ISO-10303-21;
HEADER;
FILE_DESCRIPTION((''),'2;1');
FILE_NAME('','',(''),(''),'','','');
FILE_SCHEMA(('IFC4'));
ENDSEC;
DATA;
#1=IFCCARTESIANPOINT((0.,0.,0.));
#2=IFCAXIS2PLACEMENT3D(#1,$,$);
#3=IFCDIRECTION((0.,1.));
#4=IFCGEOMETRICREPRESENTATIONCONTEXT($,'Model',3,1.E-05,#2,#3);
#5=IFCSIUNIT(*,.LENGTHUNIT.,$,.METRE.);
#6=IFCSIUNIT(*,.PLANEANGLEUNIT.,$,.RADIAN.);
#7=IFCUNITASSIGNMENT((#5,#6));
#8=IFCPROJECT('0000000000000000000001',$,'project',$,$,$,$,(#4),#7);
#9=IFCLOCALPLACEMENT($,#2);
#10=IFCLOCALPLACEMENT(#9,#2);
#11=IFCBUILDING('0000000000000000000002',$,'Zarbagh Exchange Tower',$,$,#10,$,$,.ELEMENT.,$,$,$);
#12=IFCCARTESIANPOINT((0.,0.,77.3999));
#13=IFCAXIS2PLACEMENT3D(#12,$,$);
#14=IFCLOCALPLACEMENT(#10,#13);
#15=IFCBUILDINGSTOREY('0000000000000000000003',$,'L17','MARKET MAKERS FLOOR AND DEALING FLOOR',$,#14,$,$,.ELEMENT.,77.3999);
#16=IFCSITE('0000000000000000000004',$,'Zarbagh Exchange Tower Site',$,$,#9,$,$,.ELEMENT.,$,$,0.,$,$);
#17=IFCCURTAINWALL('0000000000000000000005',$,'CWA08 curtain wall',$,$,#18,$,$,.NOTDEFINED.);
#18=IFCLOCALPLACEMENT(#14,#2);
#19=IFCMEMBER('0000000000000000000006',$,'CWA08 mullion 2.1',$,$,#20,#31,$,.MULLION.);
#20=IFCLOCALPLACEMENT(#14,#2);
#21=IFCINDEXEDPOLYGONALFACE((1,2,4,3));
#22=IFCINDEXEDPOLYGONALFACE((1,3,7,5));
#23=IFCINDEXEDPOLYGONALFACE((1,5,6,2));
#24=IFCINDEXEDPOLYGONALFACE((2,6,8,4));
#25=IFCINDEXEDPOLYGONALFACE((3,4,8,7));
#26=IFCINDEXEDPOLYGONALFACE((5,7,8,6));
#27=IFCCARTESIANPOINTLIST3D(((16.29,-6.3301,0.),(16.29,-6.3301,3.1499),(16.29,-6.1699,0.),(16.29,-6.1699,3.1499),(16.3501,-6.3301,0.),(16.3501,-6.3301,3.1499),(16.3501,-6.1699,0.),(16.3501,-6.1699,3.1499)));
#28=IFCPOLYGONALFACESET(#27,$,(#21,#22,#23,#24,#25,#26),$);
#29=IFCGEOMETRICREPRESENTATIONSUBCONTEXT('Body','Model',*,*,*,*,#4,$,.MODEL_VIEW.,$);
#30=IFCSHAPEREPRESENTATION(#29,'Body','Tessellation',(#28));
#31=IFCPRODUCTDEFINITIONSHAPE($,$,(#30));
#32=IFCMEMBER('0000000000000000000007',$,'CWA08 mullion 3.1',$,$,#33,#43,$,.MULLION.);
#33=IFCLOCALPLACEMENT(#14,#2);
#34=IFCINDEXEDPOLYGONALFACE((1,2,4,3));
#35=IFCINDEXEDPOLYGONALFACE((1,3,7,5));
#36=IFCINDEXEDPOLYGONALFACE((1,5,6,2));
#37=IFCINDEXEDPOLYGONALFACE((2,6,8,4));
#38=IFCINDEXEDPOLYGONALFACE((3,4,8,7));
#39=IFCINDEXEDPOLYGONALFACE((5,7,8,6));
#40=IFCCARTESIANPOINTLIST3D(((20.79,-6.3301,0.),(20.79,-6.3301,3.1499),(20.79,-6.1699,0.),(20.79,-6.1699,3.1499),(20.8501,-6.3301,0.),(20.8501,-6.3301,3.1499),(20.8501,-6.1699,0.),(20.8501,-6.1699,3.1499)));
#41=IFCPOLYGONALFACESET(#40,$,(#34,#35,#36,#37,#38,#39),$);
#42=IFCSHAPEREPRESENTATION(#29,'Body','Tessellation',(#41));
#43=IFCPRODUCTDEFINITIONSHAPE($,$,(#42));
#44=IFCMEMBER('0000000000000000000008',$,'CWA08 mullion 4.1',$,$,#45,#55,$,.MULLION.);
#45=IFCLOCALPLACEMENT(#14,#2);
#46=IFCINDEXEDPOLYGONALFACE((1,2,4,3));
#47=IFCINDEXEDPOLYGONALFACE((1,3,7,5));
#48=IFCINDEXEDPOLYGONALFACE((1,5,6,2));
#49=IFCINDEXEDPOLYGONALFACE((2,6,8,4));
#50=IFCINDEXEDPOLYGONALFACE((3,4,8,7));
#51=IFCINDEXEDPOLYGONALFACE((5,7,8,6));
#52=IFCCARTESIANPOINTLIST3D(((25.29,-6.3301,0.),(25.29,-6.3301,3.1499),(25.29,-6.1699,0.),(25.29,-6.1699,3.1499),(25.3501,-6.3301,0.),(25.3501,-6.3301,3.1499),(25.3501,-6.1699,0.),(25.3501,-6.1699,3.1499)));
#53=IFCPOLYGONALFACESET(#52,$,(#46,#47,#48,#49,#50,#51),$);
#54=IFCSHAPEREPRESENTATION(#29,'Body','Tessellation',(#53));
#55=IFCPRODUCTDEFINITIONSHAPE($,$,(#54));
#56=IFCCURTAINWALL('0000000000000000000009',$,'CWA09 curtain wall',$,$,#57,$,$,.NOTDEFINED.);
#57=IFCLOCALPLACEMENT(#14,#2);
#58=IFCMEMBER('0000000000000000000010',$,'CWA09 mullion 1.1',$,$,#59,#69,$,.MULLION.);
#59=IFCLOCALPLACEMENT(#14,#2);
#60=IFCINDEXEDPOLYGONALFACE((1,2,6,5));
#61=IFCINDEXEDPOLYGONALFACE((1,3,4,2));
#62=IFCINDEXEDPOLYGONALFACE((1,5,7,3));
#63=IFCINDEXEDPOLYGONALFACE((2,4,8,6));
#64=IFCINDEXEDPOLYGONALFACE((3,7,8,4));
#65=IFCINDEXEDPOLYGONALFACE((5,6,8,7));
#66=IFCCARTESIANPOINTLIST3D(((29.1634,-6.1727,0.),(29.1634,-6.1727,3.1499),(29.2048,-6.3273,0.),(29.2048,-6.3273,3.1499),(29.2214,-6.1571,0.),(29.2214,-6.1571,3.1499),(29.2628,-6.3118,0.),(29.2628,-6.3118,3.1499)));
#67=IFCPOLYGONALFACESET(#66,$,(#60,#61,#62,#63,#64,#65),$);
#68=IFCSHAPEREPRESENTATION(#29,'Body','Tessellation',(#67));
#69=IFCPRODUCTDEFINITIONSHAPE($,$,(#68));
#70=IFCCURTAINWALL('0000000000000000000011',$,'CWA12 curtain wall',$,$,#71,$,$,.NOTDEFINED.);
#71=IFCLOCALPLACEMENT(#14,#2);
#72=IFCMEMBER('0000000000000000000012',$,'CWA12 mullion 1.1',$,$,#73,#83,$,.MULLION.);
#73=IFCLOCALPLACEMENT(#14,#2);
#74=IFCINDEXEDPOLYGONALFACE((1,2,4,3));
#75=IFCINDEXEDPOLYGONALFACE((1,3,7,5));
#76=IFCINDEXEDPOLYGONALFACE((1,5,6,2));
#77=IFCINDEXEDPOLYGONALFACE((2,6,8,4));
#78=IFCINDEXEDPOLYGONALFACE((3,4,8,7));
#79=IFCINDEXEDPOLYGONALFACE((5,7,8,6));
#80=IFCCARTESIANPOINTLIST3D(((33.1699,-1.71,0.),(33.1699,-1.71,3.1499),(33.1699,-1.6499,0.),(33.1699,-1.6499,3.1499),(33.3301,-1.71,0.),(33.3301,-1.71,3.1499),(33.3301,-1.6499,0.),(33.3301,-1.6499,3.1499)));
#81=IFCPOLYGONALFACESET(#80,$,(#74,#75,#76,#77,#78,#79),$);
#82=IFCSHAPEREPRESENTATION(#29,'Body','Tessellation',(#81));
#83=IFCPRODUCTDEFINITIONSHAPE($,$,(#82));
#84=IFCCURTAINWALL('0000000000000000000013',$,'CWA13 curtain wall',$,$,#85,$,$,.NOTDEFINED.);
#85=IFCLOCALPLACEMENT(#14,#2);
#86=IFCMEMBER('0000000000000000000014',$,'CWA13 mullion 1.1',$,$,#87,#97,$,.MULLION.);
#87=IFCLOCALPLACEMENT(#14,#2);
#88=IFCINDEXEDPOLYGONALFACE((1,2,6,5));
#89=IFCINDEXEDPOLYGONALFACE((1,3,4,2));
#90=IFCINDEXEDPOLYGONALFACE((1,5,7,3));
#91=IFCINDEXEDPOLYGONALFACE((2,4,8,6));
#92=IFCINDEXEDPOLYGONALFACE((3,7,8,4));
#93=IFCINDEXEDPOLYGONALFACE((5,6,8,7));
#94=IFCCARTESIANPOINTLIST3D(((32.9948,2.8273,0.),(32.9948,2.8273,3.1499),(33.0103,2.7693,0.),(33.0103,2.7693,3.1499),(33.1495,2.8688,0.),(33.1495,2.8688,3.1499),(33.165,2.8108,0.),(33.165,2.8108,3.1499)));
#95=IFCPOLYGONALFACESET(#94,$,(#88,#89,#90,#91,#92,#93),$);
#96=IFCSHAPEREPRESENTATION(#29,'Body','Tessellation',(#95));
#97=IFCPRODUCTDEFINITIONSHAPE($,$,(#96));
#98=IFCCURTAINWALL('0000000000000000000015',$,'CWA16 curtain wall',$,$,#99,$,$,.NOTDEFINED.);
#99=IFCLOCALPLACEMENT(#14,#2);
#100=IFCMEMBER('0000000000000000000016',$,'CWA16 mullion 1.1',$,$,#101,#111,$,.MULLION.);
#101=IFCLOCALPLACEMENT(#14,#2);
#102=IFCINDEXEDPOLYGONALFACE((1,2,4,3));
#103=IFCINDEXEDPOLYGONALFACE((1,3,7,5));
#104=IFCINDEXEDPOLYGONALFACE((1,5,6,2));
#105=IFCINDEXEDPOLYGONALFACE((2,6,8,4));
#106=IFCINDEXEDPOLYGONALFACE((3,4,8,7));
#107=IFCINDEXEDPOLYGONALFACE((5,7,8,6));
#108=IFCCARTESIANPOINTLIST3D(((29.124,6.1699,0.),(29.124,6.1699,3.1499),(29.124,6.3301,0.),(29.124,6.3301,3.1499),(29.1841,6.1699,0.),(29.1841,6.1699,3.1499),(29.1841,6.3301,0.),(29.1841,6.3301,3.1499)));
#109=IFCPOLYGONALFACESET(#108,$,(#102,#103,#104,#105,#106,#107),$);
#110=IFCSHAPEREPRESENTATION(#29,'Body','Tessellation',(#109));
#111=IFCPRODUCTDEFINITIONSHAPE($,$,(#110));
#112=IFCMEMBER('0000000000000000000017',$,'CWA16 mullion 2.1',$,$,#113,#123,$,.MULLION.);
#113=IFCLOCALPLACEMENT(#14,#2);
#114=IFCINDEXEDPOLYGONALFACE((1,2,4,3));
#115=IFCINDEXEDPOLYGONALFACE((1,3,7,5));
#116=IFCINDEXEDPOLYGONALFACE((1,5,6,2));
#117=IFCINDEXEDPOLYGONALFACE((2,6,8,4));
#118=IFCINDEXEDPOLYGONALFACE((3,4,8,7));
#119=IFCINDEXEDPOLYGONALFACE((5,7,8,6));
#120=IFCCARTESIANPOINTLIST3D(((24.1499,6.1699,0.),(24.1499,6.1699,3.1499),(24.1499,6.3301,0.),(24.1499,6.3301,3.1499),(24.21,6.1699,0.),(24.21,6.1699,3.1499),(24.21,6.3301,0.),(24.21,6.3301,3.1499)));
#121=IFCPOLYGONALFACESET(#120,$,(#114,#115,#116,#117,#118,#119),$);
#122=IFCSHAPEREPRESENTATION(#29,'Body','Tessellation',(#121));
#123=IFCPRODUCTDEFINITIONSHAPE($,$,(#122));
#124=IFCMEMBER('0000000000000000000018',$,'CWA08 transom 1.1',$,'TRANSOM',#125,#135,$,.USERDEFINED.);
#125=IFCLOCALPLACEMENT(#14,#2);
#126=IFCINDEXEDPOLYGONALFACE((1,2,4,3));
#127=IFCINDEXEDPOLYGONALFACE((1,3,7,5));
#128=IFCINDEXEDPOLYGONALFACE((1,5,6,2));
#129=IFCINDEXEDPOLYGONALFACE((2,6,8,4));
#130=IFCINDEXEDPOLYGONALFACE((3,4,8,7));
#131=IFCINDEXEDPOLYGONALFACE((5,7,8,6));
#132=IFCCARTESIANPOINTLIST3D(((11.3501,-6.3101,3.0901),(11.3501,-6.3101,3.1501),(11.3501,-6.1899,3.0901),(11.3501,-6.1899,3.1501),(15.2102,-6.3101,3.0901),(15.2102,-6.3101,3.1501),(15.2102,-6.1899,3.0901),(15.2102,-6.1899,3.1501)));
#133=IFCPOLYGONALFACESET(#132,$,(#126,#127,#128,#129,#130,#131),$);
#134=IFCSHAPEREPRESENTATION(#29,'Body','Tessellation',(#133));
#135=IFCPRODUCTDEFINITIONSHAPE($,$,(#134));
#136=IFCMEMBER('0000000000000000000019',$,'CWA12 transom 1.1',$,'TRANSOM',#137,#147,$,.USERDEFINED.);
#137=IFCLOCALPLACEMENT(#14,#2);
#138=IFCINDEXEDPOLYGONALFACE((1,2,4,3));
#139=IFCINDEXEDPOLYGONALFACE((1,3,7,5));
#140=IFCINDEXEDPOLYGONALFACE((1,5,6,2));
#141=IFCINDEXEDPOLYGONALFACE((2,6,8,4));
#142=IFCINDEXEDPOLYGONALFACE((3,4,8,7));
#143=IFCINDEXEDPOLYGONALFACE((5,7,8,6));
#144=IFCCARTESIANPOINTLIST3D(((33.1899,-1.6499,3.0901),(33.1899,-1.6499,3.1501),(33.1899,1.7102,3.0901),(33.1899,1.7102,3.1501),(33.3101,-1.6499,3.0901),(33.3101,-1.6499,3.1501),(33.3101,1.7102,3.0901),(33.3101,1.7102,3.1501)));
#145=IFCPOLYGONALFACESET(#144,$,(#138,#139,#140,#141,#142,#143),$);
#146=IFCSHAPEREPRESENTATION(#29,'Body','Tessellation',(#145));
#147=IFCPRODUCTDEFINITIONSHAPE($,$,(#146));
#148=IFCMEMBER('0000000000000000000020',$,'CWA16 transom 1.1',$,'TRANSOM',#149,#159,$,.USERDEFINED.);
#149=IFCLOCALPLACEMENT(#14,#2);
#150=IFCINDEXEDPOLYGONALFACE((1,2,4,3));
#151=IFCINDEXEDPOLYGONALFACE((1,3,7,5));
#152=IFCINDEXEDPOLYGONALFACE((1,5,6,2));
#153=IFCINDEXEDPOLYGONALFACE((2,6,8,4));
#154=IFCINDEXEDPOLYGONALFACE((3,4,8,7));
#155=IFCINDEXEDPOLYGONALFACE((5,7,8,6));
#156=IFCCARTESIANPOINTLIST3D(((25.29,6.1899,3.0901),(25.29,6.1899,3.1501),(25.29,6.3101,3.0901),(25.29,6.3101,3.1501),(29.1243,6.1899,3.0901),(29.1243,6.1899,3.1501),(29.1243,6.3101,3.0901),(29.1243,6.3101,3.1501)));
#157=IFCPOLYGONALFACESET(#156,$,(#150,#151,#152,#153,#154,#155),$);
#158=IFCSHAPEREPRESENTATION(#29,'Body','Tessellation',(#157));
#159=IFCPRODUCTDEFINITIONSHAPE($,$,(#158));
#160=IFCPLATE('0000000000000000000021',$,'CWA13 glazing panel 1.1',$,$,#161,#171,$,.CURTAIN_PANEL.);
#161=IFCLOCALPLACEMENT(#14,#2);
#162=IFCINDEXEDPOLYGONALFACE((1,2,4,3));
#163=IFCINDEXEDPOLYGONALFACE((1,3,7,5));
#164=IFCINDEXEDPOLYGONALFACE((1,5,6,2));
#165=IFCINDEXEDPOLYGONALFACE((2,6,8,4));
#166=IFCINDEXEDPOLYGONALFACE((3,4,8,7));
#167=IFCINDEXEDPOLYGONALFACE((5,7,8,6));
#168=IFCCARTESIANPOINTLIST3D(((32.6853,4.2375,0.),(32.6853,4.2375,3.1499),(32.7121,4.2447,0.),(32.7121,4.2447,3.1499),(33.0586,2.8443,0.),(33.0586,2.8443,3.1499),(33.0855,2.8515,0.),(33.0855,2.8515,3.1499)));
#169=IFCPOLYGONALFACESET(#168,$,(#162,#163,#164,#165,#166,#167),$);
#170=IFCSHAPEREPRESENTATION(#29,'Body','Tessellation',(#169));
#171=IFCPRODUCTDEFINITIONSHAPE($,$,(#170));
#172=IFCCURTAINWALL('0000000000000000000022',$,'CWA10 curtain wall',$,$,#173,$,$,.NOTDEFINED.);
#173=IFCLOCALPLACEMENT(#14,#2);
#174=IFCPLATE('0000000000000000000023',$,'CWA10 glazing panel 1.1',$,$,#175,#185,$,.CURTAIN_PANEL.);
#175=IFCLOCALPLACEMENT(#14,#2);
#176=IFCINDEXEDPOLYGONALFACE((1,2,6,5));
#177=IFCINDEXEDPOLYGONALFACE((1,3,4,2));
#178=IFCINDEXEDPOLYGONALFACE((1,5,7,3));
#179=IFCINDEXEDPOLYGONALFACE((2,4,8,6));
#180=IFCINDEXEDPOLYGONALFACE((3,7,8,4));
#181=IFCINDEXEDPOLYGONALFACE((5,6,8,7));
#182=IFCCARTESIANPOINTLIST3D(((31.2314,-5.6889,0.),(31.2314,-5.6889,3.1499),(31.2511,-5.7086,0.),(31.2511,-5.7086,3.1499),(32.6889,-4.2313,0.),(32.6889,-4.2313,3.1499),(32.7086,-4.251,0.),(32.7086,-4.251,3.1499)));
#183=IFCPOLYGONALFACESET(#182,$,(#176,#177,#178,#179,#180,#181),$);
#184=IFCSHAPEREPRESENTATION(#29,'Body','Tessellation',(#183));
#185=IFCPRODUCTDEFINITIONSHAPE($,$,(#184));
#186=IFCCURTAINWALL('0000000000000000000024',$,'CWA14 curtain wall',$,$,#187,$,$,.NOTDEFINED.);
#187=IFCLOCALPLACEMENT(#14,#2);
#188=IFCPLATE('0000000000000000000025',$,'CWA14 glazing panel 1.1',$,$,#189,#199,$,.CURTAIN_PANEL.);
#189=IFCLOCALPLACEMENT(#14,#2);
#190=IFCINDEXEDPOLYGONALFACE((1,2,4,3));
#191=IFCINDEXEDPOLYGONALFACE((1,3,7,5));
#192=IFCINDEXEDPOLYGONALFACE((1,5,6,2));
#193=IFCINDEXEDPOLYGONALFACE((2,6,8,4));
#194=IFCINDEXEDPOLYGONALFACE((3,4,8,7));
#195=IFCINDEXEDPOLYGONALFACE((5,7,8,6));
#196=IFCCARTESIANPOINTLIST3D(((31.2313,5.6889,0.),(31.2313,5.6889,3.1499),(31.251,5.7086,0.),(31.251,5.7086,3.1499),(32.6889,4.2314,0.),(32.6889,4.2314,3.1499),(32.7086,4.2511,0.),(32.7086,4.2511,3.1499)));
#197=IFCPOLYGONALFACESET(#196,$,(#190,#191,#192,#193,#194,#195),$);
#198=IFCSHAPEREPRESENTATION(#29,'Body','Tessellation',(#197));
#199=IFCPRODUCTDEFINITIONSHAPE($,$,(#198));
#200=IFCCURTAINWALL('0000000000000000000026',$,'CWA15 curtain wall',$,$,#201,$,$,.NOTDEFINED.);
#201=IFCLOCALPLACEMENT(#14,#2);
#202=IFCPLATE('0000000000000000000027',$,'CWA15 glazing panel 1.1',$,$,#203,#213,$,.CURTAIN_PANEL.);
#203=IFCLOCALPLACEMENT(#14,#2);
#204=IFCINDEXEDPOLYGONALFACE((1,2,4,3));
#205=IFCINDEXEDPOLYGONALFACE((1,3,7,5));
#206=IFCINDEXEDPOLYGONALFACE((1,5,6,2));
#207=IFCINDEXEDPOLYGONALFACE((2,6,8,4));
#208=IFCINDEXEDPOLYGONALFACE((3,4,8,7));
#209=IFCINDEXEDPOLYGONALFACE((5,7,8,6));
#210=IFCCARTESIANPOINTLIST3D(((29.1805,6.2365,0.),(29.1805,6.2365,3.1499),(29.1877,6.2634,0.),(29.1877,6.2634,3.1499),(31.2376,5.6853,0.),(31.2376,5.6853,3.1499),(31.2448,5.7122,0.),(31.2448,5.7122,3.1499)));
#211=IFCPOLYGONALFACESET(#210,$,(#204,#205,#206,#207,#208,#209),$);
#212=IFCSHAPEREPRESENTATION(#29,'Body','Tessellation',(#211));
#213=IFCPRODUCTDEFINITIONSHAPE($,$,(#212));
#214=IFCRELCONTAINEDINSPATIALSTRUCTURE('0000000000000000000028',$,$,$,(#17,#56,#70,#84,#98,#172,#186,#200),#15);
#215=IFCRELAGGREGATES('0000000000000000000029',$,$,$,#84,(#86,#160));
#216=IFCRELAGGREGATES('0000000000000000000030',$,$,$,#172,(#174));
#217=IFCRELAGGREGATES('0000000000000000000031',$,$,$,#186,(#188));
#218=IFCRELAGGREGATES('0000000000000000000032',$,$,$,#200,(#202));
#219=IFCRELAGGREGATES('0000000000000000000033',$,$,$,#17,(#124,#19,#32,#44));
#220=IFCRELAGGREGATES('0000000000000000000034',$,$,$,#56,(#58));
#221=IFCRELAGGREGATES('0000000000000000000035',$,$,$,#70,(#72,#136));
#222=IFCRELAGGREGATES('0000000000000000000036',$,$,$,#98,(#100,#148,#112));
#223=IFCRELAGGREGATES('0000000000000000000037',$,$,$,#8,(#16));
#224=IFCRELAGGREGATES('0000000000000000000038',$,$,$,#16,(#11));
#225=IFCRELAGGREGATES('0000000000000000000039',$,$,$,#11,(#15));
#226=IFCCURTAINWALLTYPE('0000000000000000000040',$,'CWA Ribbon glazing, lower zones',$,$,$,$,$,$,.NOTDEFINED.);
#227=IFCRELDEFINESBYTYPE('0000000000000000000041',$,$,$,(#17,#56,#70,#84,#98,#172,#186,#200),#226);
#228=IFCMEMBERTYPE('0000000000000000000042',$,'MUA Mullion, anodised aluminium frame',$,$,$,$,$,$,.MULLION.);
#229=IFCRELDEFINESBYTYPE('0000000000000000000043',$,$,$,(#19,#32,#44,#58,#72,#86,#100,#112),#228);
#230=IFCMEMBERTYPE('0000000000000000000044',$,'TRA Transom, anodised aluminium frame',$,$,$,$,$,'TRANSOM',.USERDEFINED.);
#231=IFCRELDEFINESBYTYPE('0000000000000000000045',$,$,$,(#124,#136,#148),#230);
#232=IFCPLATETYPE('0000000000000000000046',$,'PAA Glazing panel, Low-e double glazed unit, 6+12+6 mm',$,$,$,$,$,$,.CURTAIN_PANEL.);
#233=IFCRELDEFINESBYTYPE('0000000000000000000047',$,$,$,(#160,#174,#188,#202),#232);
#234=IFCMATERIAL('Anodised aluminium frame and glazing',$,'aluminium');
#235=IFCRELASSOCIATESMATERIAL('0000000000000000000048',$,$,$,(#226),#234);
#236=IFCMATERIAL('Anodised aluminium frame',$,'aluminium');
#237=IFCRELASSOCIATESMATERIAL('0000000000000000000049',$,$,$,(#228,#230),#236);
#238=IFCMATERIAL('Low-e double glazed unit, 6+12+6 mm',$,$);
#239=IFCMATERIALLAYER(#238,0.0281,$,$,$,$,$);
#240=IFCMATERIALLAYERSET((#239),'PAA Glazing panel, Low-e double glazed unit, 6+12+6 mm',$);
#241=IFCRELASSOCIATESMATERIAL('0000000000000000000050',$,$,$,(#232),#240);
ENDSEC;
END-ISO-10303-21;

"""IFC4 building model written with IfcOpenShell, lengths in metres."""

from ifc_helpers import new_model, si_unit, direction, frame, origin, place, context, subcontext, project, spatial, polyline, outline, extrude, source, transform, mapped, material, layer, layer_set, type_object, element, aggregate, save


model = new_model("IFC4")

# Units and contexts
model_context = context("Model", 3, precision=1e-05, world=origin(), true_north=direction((0.0, 1.0)))
body_context = subcontext(model_context, "Body", "Model", "MODEL_VIEW")
ifc_project = project(units=[si_unit("LENGTHUNIT", "METRE"), si_unit("PLANEANGLEUNIT", "RADIAN")], contexts=[model_context])

# Site, building, storey
site_placement = place(None, origin())
site = spatial("IfcSite", under=ifc_project, at=site_placement, Name="Zarbagh Exchange Tower Site", CompositionType="ELEMENT", RefElevation=0.0)
building_placement = place(site_placement, origin())
building = spatial("IfcBuilding", under=site, at=building_placement, Name="Zarbagh Exchange Tower", CompositionType="ELEMENT")
storey_placement = place(building_placement, frame((0.0, 0.0, 77.3999)))
storey = spatial("IfcBuildingStorey", under=building, at=storey_placement, Name="L17", Description="MARKET MAKERS FLOOR AND DEALING FLOOR", CompositionType="ELEMENT", Elevation=77.3999)

# Curtain wall, members
ifc_material_1 = material(Name="Anodised aluminium frame and glazing", Category="aluminium")
curtain_wall_type = type_object("IfcCurtainWallType", Name="CWA Ribbon glazing, lower zones", PredefinedType="NOTDEFINED", material=ifc_material_1)
curtain_wall_1_placement = place(storey_placement, origin())
curtain_wall_1 = element("IfcCurtainWall", 1, at=curtain_wall_1_placement, inside=storey, type_object=curtain_wall_type, Name="CWA08 curtain wall", PredefinedType="NOTDEFINED")
ifc_material_2 = material(Name="Anodised aluminium frame", Category="aluminium")
member_type_1 = type_object("IfcMemberType", Name="MUA Mullion, anodised aluminium frame", PredefinedType="MULLION", material=ifc_material_2)
shared_shape_1 = source(origin(), body_context, "Body", "SweptSolid", [
    extrude(outline(polyline([(0.0, -0.0801), (0.0601, -0.0801), (0.0601, 0.0801), (0.0, 0.0801), (0.0, -0.0801)])), origin(), (0.0, 0.0, 1.0), 3.1499),
])
placement = place(storey_placement, origin())
member_1 = element("IfcMember", 2, at=placement, type_object=member_type_1, Name="CWA08 mullion 2.1", PredefinedType="MULLION", context=body_context, shape_type="MappedRepresentation", body=[
    mapped(shared_shape_1, transform((16.29, -6.25, 0.0), x_axis=(1.0, 0.0, 0.0), y_axis=(0.0, 1.0, 0.0), z_axis=(0.0, 0.0, 1.0))),
])
member_2 = element("IfcMember", 3, at=placement, type_object=member_type_1, Name="CWA08 mullion 3.1", PredefinedType="MULLION", context=body_context, shape_type="MappedRepresentation", body=[
    mapped(shared_shape_1, transform((20.79, -6.25, 0.0), x_axis=(1.0, 0.0, 0.0), y_axis=(0.0, 1.0, 0.0), z_axis=(0.0, 0.0, 1.0))),
])
member_3 = element("IfcMember", 4, at=placement, type_object=member_type_1, Name="CWA08 mullion 4.1", PredefinedType="MULLION", context=body_context, shape_type="MappedRepresentation", body=[
    mapped(shared_shape_1, transform((25.29, -6.25, 0.0), x_axis=(1.0, 0.0, 0.0), y_axis=(0.0, 1.0, 0.0), z_axis=(0.0, 0.0, 1.0))),
])

# Curtain walls, members
curtain_wall_2_placement = place(storey_placement, origin())
curtain_wall_2 = element("IfcCurtainWall", 5, at=curtain_wall_2_placement, inside=storey, type_object=curtain_wall_type, Name="CWA09 curtain wall", PredefinedType="NOTDEFINED")
member_4 = element("IfcMember", 6, at=placement, type_object=member_type_1, Name="CWA09 mullion 1.1", PredefinedType="MULLION", context=body_context, shape_type="MappedRepresentation", body=[
    mapped(shared_shape_1, transform((29.1841, -6.25, 0.0), x_axis=(0.965924, 0.258825, 0.0), y_axis=(-0.258825, 0.965924, 0.0), z_axis=(0.0, 0.0, 1.0))),
])
curtain_wall_3_placement = place(storey_placement, origin())
curtain_wall_3 = element("IfcCurtainWall", 7, at=curtain_wall_3_placement, inside=storey, type_object=curtain_wall_type, Name="CWA12 curtain wall", PredefinedType="NOTDEFINED")
member_5 = element("IfcMember", 8, at=placement, type_object=member_type_1, Name="CWA12 mullion 1.1", PredefinedType="MULLION", context=body_context, shape_type="MappedRepresentation", body=[
    mapped(shared_shape_1, transform((33.25, -1.71, 0.0), x_axis=(0.0, 1.0, 0.0), y_axis=(-1.0, 0.0, 0.0), z_axis=(0.0, 0.0, 1.0))),
])
curtain_wall_4_placement = place(storey_placement, origin())
curtain_wall_4 = element("IfcCurtainWall", 9, at=curtain_wall_4_placement, inside=storey, type_object=curtain_wall_type, Name="CWA13 curtain wall", PredefinedType="NOTDEFINED")
member_6 = element("IfcMember", 10, at=placement, type_object=member_type_1, Name="CWA13 mullion 1.1", PredefinedType="MULLION", context=body_context, shape_type="MappedRepresentation", body=[
    mapped(shared_shape_1, transform((33.0876, 2.79, 0.0), x_axis=(-0.258825, 0.965924, 0.0), y_axis=(-0.965924, -0.258825, 0.0), z_axis=(0.0, 0.0, 1.0))),
])

# Curtain wall, members
curtain_wall_5_placement = place(storey_placement, origin())
curtain_wall_5 = element("IfcCurtainWall", 11, at=curtain_wall_5_placement, inside=storey, type_object=curtain_wall_type, Name="CWA16 curtain wall", PredefinedType="NOTDEFINED")
member_7 = element("IfcMember", 12, at=placement, type_object=member_type_1, Name="CWA16 mullion 1.1", PredefinedType="MULLION", context=body_context, shape_type="MappedRepresentation", body=[
    mapped(shared_shape_1, transform((29.1841, 6.25, 0.0), x_axis=(-1.0, 0.0, 0.0), y_axis=(0.0, -1.0, 0.0), z_axis=(0.0, 0.0, 1.0))),
])
member_8 = element("IfcMember", 13, at=placement, type_object=member_type_1, Name="CWA16 mullion 2.1", PredefinedType="MULLION", context=body_context, shape_type="MappedRepresentation", body=[
    mapped(shared_shape_1, transform((24.21, 6.25, 0.0), x_axis=(-1.0, 0.0, 0.0), y_axis=(0.0, -1.0, 0.0), z_axis=(0.0, 0.0, 1.0))),
])

# Members
member_type_2 = type_object("IfcMemberType", Name="TRA Transom, anodised aluminium frame", ElementType="TRANSOM", PredefinedType="USERDEFINED", material=ifc_material_2)
shared_shape_2 = source(origin(), body_context, "Body", "SweptSolid", [
    extrude(outline(polyline([(-0.0601, -0.0601), (0.0, -0.0601), (0.0, 0.0601), (-0.0601, 0.0601), (-0.0601, -0.0601)])), origin(), (0.0, 0.0, 1.0), 3.8601),
])
member_9 = element("IfcMember", 14, at=placement, type_object=member_type_2, Name="CWA08 transom 1.1", ObjectType="TRANSOM", PredefinedType="USERDEFINED", context=body_context, shape_type="MappedRepresentation", body=[
    mapped(shared_shape_2, transform((11.3501, -6.25, 3.1501), x_axis=(0.0, 0.0, 1.0), y_axis=(0.0, -1.0, 0.0), z_axis=(1.0, 0.0, 0.0))),
])
shared_shape_3 = source(origin(), body_context, "Body", "SweptSolid", [
    extrude(outline(polyline([(-0.0601, -0.0601), (0.0, -0.0601), (0.0, 0.0601), (-0.0601, 0.0601), (-0.0601, -0.0601)])), origin(), (0.0, 0.0, 1.0), 3.3601),
])
member_10 = element("IfcMember", 15, at=placement, type_object=member_type_2, Name="CWA12 transom 1.1", ObjectType="TRANSOM", PredefinedType="USERDEFINED", context=body_context, shape_type="MappedRepresentation", body=[
    mapped(shared_shape_3, transform((33.25, -1.6499, 3.1501), x_axis=(0.0, 0.0, 1.0), y_axis=(1.0, 0.0, 0.0), z_axis=(0.0, 1.0, 0.0))),
])
shared_shape_4 = source(origin(), body_context, "Body", "SweptSolid", [
    extrude(outline(polyline([(-0.0601, -0.0601), (0.0, -0.0601), (0.0, 0.0601), (-0.0601, 0.0601), (-0.0601, -0.0601)])), origin(), (0.0, 0.0, 1.0), 3.8342),
])
member_11 = element("IfcMember", 16, at=placement, type_object=member_type_2, Name="CWA16 transom 1.1", ObjectType="TRANSOM", PredefinedType="USERDEFINED", context=body_context, shape_type="MappedRepresentation", body=[
    mapped(shared_shape_4, transform((29.1243, 6.25, 3.1501), x_axis=(0.0, 0.0, 1.0), y_axis=(0.0, 1.0, 0.0), z_axis=(-1.0, 0.0, 0.0))),
])

# Plate
ifc_material_3 = material(Name="Low-e double glazed unit, 6+12+6 mm")
ifc_layer = layer(ifc_material_3, 0.0281)
ifc_layer_set = layer_set([ifc_layer], Name="PAA Glazing panel, Low-e double glazed unit, 6+12+6 mm")
plate_type = type_object("IfcPlateType", Name="PAA Glazing panel, Low-e double glazed unit, 6+12+6 mm", PredefinedType="CURTAIN_PANEL", material=ifc_layer_set)
shared_shape_5 = source(origin(), body_context, "Body", "SweptSolid", [
    extrude(outline(polyline([(0.0, -0.0139), (1.4424, -0.0139), (1.4424, 0.0139), (0.0, 0.0139), (0.0, -0.0139)])), origin(), (0.0, 0.0, 1.0), 3.1499),
])
plate_1 = element("IfcPlate", 17, at=placement, type_object=plate_type, Name="CWA13 glazing panel 1.1", PredefinedType="CURTAIN_PANEL", context=body_context, shape_type="MappedRepresentation", body=[
    mapped(shared_shape_5, transform((33.072, 2.8479, 0.0), x_axis=(-0.258825, 0.965924, 0.0), y_axis=(-0.965924, -0.258825, 0.0), z_axis=(0.0, 0.0, 1.0))),
])
aggregate(curtain_wall_4, [member_6, plate_1])

# Curtain walls, plates
curtain_wall_6_placement = place(storey_placement, origin())
curtain_wall_6 = element("IfcCurtainWall", 18, at=curtain_wall_6_placement, inside=storey, type_object=curtain_wall_type, Name="CWA10 curtain wall", PredefinedType="NOTDEFINED")
shared_shape_6 = source(origin(), body_context, "Body", "SweptSolid", [
    extrude(outline(polyline([(0.0, -0.0139), (2.0613, -0.0139), (2.0613, 0.0139), (0.0, 0.0139), (0.0, -0.0139)])), origin(), (0.0, 0.0, 1.0), 3.1499),
])
plate_2 = element("IfcPlate", 19, at=placement, type_object=plate_type, Name="CWA10 glazing panel 1.1", PredefinedType="CURTAIN_PANEL", context=body_context, shape_type="MappedRepresentation", body=[
    mapped(shared_shape_6, transform((31.2412, -5.6987, 0.0), x_axis=(0.707107, 0.707107, 0.0), y_axis=(-0.707107, 0.707107, 0.0), z_axis=(0.0, 0.0, 1.0))),
])
aggregate(curtain_wall_6, [plate_2])
curtain_wall_7_placement = place(storey_placement, origin())
curtain_wall_7 = element("IfcCurtainWall", 20, at=curtain_wall_7_placement, inside=storey, type_object=curtain_wall_type, Name="CWA14 curtain wall", PredefinedType="NOTDEFINED")
plate_3 = element("IfcPlate", 21, at=placement, type_object=plate_type, Name="CWA14 glazing panel 1.1", PredefinedType="CURTAIN_PANEL", context=body_context, shape_type="MappedRepresentation", body=[
    mapped(shared_shape_6, transform((32.6987, 4.2412, 0.0), x_axis=(-0.707107, 0.707107, 0.0), y_axis=(-0.707107, -0.707107, 0.0), z_axis=(0.0, 0.0, 1.0))),
])
aggregate(curtain_wall_7, [plate_3])
curtain_wall_8_placement = place(storey_placement, origin())
curtain_wall_8 = element("IfcCurtainWall", 22, at=curtain_wall_8_placement, inside=storey, type_object=curtain_wall_type, Name="CWA15 curtain wall", PredefinedType="NOTDEFINED")
shared_shape_7 = source(origin(), body_context, "Body", "SweptSolid", [
    extrude(outline(polyline([(0.0, -0.0139), (2.1296, -0.0139), (2.1296, 0.0139), (0.0, 0.0139), (0.0, -0.0139)])), origin(), (0.0, 0.0, 1.0), 3.1499),
])
plate_4 = element("IfcPlate", 23, at=placement, type_object=plate_type, Name="CWA15 glazing panel 1.1", PredefinedType="CURTAIN_PANEL", context=body_context, shape_type="MappedRepresentation", body=[
    mapped(shared_shape_7, transform((31.2412, 5.6987, 0.0), x_axis=(-0.965924, 0.258825, 0.0), y_axis=(-0.258825, -0.965924, 0.0), z_axis=(0.0, 0.0, 1.0))),
])
aggregate(curtain_wall_8, [plate_4])

aggregate(curtain_wall_1, [member_9, member_1, member_2, member_3])
aggregate(curtain_wall_2, [member_4])

aggregate(curtain_wall_3, [member_5, member_10])
aggregate(curtain_wall_5, [member_7, member_11, member_8])

save(model, "model.ifc")
